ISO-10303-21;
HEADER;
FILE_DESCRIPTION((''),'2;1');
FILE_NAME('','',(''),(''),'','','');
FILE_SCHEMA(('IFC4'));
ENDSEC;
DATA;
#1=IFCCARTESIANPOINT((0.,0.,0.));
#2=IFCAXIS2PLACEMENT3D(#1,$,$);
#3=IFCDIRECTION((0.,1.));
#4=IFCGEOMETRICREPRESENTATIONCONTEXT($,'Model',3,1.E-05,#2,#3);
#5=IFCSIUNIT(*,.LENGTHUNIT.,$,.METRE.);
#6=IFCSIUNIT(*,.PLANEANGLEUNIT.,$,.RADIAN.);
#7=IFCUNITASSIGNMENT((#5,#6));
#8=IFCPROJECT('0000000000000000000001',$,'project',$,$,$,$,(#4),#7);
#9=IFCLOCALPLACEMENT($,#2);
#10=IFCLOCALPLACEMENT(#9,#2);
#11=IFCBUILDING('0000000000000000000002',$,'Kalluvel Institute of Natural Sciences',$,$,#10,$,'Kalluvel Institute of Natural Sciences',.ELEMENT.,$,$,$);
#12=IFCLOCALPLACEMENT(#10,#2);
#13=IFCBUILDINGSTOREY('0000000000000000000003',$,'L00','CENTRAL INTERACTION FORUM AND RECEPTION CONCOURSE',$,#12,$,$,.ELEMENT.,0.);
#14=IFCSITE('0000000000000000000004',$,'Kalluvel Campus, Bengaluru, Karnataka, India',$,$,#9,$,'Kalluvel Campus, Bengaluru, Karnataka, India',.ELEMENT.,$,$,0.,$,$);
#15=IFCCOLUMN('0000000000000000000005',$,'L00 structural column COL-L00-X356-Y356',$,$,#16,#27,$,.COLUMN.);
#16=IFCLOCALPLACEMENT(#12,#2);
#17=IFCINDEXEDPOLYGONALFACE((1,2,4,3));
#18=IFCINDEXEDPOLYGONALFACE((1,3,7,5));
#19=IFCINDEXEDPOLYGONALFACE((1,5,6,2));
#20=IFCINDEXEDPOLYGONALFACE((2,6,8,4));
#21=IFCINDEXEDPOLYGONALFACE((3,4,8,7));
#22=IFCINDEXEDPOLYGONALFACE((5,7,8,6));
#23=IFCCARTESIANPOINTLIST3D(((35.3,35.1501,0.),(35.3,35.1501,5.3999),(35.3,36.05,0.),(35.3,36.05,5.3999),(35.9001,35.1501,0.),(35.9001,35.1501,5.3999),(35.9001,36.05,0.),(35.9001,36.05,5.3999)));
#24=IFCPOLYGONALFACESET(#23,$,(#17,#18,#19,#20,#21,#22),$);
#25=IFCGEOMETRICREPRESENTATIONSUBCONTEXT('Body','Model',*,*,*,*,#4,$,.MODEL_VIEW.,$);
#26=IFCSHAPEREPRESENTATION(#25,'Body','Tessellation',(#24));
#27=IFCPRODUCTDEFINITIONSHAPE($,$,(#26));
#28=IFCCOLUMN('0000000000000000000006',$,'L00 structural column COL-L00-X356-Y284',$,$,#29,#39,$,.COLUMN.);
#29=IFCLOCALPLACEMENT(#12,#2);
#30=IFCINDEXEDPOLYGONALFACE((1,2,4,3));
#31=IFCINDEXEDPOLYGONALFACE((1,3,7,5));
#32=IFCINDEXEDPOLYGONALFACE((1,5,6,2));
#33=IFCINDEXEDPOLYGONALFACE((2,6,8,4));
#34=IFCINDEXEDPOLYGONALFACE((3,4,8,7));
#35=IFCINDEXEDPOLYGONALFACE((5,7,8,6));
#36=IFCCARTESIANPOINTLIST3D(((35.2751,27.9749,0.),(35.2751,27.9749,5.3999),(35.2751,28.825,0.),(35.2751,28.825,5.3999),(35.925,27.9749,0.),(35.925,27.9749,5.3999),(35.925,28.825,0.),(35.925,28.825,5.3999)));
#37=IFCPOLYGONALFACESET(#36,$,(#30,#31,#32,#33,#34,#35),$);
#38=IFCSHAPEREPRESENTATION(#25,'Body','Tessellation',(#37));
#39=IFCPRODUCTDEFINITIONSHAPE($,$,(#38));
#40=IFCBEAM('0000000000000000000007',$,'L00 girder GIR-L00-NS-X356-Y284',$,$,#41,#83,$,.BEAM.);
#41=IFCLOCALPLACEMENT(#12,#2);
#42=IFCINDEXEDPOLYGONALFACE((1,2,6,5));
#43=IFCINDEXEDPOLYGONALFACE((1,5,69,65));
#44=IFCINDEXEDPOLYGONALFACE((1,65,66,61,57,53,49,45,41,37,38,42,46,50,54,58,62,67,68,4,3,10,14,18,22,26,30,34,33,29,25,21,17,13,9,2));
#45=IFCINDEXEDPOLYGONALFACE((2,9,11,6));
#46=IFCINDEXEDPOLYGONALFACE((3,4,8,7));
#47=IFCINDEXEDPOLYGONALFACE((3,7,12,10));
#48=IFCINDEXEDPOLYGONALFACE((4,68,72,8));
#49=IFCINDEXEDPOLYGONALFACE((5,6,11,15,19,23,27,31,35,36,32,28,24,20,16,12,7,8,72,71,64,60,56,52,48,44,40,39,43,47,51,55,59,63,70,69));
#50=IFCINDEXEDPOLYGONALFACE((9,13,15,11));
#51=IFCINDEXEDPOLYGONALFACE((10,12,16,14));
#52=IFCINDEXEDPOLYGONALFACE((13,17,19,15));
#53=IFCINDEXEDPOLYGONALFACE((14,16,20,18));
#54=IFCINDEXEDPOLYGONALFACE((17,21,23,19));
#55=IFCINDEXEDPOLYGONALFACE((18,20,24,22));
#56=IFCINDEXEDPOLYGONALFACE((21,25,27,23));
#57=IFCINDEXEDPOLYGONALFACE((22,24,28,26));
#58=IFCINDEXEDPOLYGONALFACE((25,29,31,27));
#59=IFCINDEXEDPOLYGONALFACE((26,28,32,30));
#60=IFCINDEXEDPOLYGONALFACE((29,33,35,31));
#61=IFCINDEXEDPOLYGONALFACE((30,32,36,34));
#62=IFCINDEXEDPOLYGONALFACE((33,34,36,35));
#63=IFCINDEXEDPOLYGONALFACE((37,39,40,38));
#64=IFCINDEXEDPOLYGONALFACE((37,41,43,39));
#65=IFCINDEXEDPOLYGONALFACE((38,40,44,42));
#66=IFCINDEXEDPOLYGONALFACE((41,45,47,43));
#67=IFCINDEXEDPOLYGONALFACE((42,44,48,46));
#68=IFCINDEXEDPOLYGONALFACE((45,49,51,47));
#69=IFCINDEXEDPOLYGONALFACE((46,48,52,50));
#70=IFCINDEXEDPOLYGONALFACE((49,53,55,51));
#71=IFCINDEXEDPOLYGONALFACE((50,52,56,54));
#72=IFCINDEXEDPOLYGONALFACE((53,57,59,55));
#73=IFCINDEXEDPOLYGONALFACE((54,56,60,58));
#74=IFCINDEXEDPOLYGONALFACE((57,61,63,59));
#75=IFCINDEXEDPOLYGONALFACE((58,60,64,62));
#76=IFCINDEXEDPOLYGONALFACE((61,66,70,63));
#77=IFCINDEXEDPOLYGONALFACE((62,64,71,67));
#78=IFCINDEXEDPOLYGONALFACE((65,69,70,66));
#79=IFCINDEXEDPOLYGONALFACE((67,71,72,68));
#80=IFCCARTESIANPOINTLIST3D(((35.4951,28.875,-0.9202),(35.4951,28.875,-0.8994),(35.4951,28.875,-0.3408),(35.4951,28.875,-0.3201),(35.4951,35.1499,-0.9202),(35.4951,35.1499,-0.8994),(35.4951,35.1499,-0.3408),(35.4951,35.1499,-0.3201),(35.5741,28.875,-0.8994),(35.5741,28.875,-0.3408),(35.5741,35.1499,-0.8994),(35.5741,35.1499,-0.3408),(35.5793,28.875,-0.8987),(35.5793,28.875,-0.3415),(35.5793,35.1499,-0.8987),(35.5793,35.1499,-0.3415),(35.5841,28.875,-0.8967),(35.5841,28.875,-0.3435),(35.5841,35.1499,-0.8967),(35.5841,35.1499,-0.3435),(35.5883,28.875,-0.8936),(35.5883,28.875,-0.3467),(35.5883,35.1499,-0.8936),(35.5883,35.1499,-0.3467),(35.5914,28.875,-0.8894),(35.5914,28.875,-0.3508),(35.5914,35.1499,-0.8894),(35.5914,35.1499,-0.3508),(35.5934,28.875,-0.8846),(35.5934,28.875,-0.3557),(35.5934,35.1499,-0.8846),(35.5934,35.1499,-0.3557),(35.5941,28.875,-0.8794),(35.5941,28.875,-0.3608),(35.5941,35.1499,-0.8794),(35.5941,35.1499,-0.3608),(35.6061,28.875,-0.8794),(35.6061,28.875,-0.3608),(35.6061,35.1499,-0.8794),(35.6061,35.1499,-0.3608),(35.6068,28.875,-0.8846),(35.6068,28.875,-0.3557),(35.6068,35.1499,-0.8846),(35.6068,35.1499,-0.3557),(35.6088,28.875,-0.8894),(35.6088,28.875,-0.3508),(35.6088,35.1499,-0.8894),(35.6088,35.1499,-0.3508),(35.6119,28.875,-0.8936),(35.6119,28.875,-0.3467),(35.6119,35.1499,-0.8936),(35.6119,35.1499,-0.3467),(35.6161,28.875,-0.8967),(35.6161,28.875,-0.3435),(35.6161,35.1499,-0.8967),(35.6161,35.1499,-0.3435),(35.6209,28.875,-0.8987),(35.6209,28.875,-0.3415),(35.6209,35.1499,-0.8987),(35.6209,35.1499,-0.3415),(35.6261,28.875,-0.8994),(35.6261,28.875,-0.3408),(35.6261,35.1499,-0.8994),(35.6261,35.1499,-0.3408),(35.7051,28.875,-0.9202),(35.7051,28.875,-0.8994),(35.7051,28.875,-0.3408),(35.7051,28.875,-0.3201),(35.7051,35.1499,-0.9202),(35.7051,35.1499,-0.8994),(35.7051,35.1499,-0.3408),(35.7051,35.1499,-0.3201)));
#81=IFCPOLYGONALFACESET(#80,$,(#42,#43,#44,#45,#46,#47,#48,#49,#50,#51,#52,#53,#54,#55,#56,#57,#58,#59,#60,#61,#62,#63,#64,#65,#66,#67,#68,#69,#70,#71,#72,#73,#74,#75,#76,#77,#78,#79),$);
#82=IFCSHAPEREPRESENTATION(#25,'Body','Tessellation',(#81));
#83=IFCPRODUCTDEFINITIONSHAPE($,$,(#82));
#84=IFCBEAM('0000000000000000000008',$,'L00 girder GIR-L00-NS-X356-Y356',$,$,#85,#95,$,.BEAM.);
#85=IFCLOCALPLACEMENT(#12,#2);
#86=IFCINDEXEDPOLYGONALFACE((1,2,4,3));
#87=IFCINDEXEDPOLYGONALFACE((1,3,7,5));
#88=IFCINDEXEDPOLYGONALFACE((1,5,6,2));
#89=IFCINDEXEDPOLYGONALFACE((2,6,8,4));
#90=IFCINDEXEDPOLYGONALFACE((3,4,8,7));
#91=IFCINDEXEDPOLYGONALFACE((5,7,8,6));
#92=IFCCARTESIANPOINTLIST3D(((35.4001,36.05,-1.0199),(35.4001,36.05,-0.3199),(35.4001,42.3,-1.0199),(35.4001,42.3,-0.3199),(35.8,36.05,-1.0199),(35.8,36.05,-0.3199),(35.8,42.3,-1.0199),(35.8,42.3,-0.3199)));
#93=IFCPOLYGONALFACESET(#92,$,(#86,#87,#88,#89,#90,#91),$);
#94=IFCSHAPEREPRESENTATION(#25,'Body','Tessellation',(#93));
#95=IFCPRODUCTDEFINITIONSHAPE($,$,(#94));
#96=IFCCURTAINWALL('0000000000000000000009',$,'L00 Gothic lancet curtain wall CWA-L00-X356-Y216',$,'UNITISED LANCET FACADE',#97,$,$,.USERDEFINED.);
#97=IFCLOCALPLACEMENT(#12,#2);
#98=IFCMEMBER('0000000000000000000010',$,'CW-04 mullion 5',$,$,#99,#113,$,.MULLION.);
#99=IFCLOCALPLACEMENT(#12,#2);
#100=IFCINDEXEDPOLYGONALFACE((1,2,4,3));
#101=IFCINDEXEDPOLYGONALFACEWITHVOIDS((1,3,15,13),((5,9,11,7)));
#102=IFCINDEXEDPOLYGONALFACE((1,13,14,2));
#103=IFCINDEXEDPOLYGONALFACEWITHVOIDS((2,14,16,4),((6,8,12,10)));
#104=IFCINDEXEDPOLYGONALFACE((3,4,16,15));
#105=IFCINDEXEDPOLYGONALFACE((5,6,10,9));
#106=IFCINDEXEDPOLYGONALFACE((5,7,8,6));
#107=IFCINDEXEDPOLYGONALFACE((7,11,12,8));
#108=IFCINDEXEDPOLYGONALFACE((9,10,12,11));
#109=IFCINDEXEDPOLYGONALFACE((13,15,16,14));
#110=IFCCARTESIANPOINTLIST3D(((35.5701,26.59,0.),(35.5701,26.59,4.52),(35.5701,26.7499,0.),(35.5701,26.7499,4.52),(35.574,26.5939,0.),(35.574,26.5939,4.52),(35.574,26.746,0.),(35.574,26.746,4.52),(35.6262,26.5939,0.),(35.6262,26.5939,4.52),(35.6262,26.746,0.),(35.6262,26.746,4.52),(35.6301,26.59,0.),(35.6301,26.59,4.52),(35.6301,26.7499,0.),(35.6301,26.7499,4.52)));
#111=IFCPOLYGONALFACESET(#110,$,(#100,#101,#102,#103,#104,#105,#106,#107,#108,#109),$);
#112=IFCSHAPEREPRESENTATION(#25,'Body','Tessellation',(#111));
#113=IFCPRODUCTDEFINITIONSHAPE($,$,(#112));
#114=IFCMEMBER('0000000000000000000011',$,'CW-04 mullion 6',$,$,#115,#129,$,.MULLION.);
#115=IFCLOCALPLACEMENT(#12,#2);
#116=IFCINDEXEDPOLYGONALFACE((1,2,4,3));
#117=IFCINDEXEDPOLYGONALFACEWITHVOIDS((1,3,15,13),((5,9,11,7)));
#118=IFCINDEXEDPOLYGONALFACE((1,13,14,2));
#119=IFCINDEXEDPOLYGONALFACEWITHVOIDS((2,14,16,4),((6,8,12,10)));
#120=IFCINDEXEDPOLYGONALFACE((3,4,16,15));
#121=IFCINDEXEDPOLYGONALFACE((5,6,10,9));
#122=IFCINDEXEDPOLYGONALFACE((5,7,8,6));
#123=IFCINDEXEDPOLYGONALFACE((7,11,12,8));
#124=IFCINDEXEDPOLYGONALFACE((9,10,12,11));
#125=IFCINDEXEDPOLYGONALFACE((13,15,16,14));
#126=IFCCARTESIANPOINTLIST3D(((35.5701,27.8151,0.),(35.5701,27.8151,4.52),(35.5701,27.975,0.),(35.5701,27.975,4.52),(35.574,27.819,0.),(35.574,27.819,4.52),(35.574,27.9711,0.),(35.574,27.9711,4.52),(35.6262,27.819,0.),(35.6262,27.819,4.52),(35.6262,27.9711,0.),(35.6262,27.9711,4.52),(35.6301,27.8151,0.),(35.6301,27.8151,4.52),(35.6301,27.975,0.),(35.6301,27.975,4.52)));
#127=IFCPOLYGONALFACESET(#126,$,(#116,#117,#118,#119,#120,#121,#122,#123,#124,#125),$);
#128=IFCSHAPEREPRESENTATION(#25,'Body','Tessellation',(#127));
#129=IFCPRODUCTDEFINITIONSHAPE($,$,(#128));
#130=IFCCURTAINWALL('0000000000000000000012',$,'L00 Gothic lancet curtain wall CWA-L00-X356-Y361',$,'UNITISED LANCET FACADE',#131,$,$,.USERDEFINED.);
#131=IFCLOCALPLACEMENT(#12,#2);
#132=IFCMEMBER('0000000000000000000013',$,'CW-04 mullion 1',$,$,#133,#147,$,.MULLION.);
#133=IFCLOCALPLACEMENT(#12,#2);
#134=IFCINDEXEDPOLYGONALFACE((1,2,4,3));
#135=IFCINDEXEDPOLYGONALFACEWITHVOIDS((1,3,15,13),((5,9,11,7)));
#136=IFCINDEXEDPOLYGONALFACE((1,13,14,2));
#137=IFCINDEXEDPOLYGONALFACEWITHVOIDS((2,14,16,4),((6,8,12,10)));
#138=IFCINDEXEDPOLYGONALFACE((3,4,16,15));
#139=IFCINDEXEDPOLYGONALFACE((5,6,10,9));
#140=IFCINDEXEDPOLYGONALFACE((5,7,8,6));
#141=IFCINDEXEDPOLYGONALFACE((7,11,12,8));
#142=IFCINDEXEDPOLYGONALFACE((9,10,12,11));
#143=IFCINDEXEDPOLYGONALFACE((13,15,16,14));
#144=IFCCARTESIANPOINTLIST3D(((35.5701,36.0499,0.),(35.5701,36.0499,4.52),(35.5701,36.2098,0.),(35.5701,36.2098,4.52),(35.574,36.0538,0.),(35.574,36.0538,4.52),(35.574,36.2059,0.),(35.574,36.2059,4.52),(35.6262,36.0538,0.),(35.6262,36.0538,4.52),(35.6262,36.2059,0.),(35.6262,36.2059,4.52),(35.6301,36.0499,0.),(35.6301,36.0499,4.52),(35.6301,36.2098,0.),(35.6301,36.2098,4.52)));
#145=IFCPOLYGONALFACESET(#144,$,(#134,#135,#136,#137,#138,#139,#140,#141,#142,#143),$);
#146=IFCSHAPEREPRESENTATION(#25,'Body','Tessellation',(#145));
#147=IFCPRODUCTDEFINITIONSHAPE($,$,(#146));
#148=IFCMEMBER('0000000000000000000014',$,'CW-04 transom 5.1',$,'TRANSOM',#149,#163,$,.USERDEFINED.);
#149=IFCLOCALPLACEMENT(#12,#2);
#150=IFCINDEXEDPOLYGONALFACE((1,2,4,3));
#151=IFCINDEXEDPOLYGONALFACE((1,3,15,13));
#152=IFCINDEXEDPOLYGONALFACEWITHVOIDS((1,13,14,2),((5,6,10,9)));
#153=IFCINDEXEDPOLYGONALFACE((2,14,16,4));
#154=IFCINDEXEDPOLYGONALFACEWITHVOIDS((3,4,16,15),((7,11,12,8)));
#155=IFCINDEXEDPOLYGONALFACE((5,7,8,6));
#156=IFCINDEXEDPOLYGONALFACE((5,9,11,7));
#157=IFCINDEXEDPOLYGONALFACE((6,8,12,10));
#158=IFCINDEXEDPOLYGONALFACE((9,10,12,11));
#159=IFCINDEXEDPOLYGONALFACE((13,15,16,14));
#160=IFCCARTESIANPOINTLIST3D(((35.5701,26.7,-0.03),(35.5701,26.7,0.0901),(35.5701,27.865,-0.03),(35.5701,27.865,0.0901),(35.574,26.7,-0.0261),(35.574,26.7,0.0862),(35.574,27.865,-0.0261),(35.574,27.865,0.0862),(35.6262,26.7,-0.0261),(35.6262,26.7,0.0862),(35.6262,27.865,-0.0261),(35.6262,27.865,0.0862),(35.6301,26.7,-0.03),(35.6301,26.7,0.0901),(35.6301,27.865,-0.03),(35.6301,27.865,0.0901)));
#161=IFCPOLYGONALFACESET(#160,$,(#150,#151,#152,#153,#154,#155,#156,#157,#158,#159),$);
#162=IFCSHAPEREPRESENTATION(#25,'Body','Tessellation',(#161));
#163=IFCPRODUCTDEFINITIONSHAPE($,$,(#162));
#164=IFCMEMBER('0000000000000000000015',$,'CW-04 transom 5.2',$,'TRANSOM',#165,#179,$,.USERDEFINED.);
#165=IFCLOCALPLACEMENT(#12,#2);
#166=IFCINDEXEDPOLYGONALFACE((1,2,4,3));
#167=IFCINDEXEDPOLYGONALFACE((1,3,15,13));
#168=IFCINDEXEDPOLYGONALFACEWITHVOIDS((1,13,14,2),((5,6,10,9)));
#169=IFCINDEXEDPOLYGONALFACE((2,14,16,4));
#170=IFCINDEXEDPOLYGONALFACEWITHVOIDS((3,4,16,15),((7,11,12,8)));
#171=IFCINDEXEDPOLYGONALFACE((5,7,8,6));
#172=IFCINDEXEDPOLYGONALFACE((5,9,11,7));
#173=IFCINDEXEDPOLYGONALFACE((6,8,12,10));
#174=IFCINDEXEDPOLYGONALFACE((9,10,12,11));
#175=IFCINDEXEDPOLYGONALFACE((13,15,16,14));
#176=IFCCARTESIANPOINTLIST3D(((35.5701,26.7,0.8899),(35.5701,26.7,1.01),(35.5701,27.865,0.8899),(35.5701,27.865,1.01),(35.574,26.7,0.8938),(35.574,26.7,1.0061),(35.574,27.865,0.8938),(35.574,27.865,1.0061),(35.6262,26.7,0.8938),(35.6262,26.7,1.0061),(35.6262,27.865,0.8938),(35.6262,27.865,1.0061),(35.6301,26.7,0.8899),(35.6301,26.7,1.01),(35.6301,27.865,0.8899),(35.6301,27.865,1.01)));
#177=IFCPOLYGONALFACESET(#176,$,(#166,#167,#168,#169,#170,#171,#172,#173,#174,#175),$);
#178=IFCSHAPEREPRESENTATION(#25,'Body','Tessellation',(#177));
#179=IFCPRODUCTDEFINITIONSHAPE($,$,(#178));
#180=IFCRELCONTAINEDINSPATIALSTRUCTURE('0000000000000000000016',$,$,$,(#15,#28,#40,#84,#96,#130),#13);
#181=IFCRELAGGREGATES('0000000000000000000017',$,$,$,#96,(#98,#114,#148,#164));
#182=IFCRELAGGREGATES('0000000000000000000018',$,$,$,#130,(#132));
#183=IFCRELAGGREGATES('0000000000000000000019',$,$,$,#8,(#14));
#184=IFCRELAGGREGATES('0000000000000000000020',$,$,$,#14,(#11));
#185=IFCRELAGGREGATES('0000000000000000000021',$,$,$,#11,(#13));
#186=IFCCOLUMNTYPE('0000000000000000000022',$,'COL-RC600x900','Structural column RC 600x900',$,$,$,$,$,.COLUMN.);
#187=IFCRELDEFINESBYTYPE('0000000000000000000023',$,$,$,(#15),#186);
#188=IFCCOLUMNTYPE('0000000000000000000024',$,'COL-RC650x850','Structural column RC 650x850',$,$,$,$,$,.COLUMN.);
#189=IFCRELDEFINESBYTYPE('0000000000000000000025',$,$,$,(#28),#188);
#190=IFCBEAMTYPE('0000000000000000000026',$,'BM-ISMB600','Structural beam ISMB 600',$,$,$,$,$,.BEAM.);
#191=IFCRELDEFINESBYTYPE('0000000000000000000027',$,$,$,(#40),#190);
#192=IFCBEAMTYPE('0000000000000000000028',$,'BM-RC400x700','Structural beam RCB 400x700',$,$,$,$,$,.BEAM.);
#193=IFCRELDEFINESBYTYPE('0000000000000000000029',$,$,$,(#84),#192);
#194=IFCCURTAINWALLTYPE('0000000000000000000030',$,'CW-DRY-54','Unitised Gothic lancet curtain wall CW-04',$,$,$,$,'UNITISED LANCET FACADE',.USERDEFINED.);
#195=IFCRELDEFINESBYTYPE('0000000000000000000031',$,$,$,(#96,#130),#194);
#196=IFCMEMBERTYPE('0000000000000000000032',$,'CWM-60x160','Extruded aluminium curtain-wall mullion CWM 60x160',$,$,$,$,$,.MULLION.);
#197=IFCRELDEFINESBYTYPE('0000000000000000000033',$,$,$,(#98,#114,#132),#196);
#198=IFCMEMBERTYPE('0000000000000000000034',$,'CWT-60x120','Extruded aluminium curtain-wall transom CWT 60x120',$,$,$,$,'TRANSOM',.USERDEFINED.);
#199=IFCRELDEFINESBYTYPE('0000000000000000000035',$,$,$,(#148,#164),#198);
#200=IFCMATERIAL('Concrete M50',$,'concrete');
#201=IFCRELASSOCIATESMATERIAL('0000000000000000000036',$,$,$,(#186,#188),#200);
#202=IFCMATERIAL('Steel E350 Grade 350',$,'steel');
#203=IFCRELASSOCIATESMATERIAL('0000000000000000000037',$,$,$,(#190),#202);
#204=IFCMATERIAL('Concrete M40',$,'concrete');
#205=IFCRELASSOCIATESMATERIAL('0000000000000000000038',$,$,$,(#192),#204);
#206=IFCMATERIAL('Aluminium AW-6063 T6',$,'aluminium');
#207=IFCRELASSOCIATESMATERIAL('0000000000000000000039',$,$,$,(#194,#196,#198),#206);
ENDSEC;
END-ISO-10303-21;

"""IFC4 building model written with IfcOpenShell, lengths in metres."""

from ifc_helpers import new_model, si_unit, direction, frame, origin, origin_2d, place, context, subcontext, project, spatial, rectangle, hollow_rectangle, i_section, extrude, material, material_profile, profile_set, type_object, element, aggregate, save


model = new_model("IFC4")

# Units and contexts
model_context = context("Model", 3, precision=1e-05, world=origin(), true_north=direction((0.0, 1.0)))
body_context = subcontext(model_context, "Body", "Model", "MODEL_VIEW")
ifc_project = project(units=[si_unit("LENGTHUNIT", "METRE"), si_unit("PLANEANGLEUNIT", "RADIAN")], contexts=[model_context])

# Site, building, storey
site_placement = place(None, origin())
site = spatial("IfcSite", under=ifc_project, at=site_placement, Name="Kalluvel Campus, Bengaluru, Karnataka, India", LongName="Kalluvel Campus, Bengaluru, Karnataka, India", CompositionType="ELEMENT", RefElevation=0.0)
building_placement = place(site_placement, origin())
building = spatial("IfcBuilding", under=site, at=building_placement, Name="Kalluvel Institute of Natural Sciences", LongName="Kalluvel Institute of Natural Sciences", CompositionType="ELEMENT")
storey_placement = place(building_placement, origin())
storey = spatial("IfcBuildingStorey", under=building, at=storey_placement, Name="L00", Description="CENTRAL INTERACTION FORUM AND RECEPTION CONCOURSE", CompositionType="ELEMENT", Elevation=0.0)

# Columns
ifc_material_1 = material(Name="Concrete M50", Category="concrete")
ifc_material_profile_1 = material_profile(ifc_material_1, rectangle(XDim=0.6001, YDim=0.8999, at=origin_2d()), Name="RC 600x900")
ifc_profile_set_1 = profile_set([ifc_material_profile_1], Name="Concrete M50")
column_type_1 = type_object("IfcColumnType", Name="COL-RC600x900", Description="Structural column RC 600x900", PredefinedType="COLUMN", material=ifc_profile_set_1)
column_1_placement = place(storey_placement, frame((35.6001, 35.6001, 0.0), z_axis=(0.0, 0.0, 1.0), x_axis=(1.0, 0.0, 0.0)))
element("IfcColumn", 1, at=column_1_placement, inside=storey, type_object=column_type_1, Name="L00 structural column COL-L00-X356-Y356", PredefinedType="COLUMN", context=body_context, shape_type="SweptSolid", body=[
    extrude(rectangle(XDim=0.6001, YDim=0.8999, at=origin_2d()), origin(), (0.0, 0.0, 1.0), 5.3999),
])
ifc_material_profile_2 = material_profile(ifc_material_1, rectangle(XDim=0.6499, YDim=0.8501, at=origin_2d()), Name="RC 650x850")
ifc_profile_set_2 = profile_set([ifc_material_profile_2], Name="Concrete M50")
column_type_2 = type_object("IfcColumnType", Name="COL-RC650x850", Description="Structural column RC 650x850", PredefinedType="COLUMN", material=ifc_profile_set_2)
column_2_placement = place(storey_placement, frame((35.6001, 28.3999, 0.0), z_axis=(0.0, 0.0, 1.0), x_axis=(1.0, 0.0, 0.0)))
element("IfcColumn", 2, at=column_2_placement, inside=storey, type_object=column_type_2, Name="L00 structural column COL-L00-X356-Y284", PredefinedType="COLUMN", context=body_context, shape_type="SweptSolid", body=[
    extrude(rectangle(XDim=0.6499, YDim=0.8501, at=origin_2d()), origin(), (0.0, 0.0, 1.0), 5.3999),
])

# Beams
ifc_material_2 = material(Name="Steel E350 Grade 350", Category="steel")
ifc_material_profile_3 = material_profile(ifc_material_2, i_section(OverallWidth=0.21, OverallDepth=0.6001, WebThickness=0.012, FlangeThickness=0.0208, FilletRadius=0.02, at=origin_2d()), Name="ISMB 600")
ifc_profile_set_3 = profile_set([ifc_material_profile_3], Name="Steel E350 Grade 350")
beam_type_1 = type_object("IfcBeamType", Name="BM-ISMB600", Description="Structural beam ISMB 600", PredefinedType="BEAM", material=ifc_profile_set_3)
beam_1_placement = place(storey_placement, frame((35.6001, 28.875, -0.6201), z_axis=(0.0, 1.0, 0.0), x_axis=(-1.0, 0.0, 0.0)))
element("IfcBeam", 3, at=beam_1_placement, inside=storey, type_object=beam_type_1, Name="L00 girder GIR-L00-NS-X356-Y284", PredefinedType="BEAM", context=body_context, shape_type="SweptSolid", body=[
    extrude(i_section(OverallWidth=0.21, OverallDepth=0.6001, WebThickness=0.012, FlangeThickness=0.0208, FilletRadius=0.02, at=origin_2d()), origin(), (0.0, 0.0, 1.0), 6.2749),
])
ifc_material_3 = material(Name="Concrete M40", Category="concrete")
ifc_material_profile_4 = material_profile(ifc_material_3, rectangle(XDim=0.3999, YDim=0.7, at=origin_2d()), Name="RCB 400x700")
ifc_profile_set_4 = profile_set([ifc_material_profile_4], Name="Concrete M40")
beam_type_2 = type_object("IfcBeamType", Name="BM-RC400x700", Description="Structural beam RCB 400x700", PredefinedType="BEAM", material=ifc_profile_set_4)
beam_2_placement = place(storey_placement, frame((35.6001, 36.05, -0.6699), z_axis=(0.0, 1.0, 0.0), x_axis=(-1.0, 0.0, 0.0)))
element("IfcBeam", 4, at=beam_2_placement, inside=storey, type_object=beam_type_2, Name="L00 girder GIR-L00-NS-X356-Y356", PredefinedType="BEAM", context=body_context, shape_type="SweptSolid", body=[
    extrude(rectangle(XDim=0.3999, YDim=0.7, at=origin_2d()), origin(), (0.0, 0.0, 1.0), 6.25),
])

# Curtain wall, members
ifc_material_4 = material(Name="Aluminium AW-6063 T6", Category="aluminium")
curtain_wall_type = type_object("IfcCurtainWallType", Name="CW-DRY-54", Description="Unitised Gothic lancet curtain wall CW-04", ElementType="UNITISED LANCET FACADE", PredefinedType="USERDEFINED", material=ifc_material_4)
curtain_wall_1_placement = place(storey_placement, origin())
curtain_wall_1 = element("IfcCurtainWall", 5, at=curtain_wall_1_placement, inside=storey, type_object=curtain_wall_type, Name="L00 Gothic lancet curtain wall CWA-L00-X356-Y216", ObjectType="UNITISED LANCET FACADE", PredefinedType="USERDEFINED")
ifc_material_profile_5 = material_profile(ifc_material_4, hollow_rectangle(XDim=0.0601, YDim=0.1599, WallThickness=0.0039, at=origin_2d()), Name="CWM 60x160")
ifc_profile_set_5 = profile_set([ifc_material_profile_5], Name="Aluminium AW-6063 T6")
member_type_1 = type_object("IfcMemberType", Name="CWM-60x160", Description="Extruded aluminium curtain-wall mullion CWM 60x160", PredefinedType="MULLION", material=ifc_profile_set_5)
member_1_placement = place(storey_placement, frame((35.6001, 26.6699, 0.0), z_axis=(0.0, 0.0, 1.0), x_axis=(-1.0, 0.0, 0.0)))
member_1 = element("IfcMember", 6, at=member_1_placement, type_object=member_type_1, Name="CW-04 mullion 5", PredefinedType="MULLION", context=body_context, shape_type="SweptSolid", body=[
    extrude(hollow_rectangle(XDim=0.0601, YDim=0.1599, WallThickness=0.0039, at=origin_2d()), origin(), (0.0, 0.0, 1.0), 4.52),
])
member_2_placement = place(storey_placement, frame((35.6001, 27.895, 0.0), z_axis=(0.0, 0.0, 1.0), x_axis=(-1.0, 0.0, 0.0)))
member_2 = element("IfcMember", 7, at=member_2_placement, type_object=member_type_1, Name="CW-04 mullion 6", PredefinedType="MULLION", context=body_context, shape_type="SweptSolid", body=[
    extrude(hollow_rectangle(XDim=0.0601, YDim=0.1599, WallThickness=0.0039, at=origin_2d()), origin(), (0.0, 0.0, 1.0), 4.52),
])

# Curtain wall, member
curtain_wall_2_placement = place(storey_placement, origin())
curtain_wall_2 = element("IfcCurtainWall", 8, at=curtain_wall_2_placement, inside=storey, type_object=curtain_wall_type, Name="L00 Gothic lancet curtain wall CWA-L00-X356-Y361", ObjectType="UNITISED LANCET FACADE", PredefinedType="USERDEFINED")
member_3_placement = place(storey_placement, frame((35.6001, 36.1299, 0.0), z_axis=(0.0, 0.0, 1.0), x_axis=(-1.0, 0.0, 0.0)))
member_3 = element("IfcMember", 9, at=member_3_placement, type_object=member_type_1, Name="CW-04 mullion 1", PredefinedType="MULLION", context=body_context, shape_type="SweptSolid", body=[
    extrude(hollow_rectangle(XDim=0.0601, YDim=0.1599, WallThickness=0.0039, at=origin_2d()), origin(), (0.0, 0.0, 1.0), 4.52),
])

# Members
ifc_material_profile_6 = material_profile(ifc_material_4, hollow_rectangle(XDim=0.0601, YDim=0.1201, WallThickness=0.0039, at=origin_2d()), Name="CWT 60x120")
ifc_profile_set_6 = profile_set([ifc_material_profile_6], Name="Aluminium AW-6063 T6")
member_type_2 = type_object("IfcMemberType", Name="CWT-60x120", Description="Extruded aluminium curtain-wall transom CWT 60x120", ElementType="TRANSOM", PredefinedType="USERDEFINED", material=ifc_profile_set_6)
member_4_placement = place(storey_placement, frame((35.6001, 26.7, 0.03), z_axis=(0.0, 1.0, 0.0), x_axis=(-1.0, 0.0, 0.0)))
member_4 = element("IfcMember", 10, at=member_4_placement, type_object=member_type_2, Name="CW-04 transom 5.1", ObjectType="TRANSOM", PredefinedType="USERDEFINED", context=body_context, shape_type="SweptSolid", body=[
    extrude(hollow_rectangle(XDim=0.0601, YDim=0.1201, WallThickness=0.0039, at=origin_2d()), origin(), (0.0, 0.0, 1.0), 1.165),
])
member_5_placement = place(storey_placement, frame((35.6001, 26.7, 0.95), z_axis=(0.0, 1.0, 0.0), x_axis=(-1.0, 0.0, 0.0)))
member_5 = element("IfcMember", 11, at=member_5_placement, type_object=member_type_2, Name="CW-04 transom 5.2", ObjectType="TRANSOM", PredefinedType="USERDEFINED", context=body_context, shape_type="SweptSolid", body=[
    extrude(hollow_rectangle(XDim=0.0601, YDim=0.1201, WallThickness=0.0039, at=origin_2d()), origin(), (0.0, 0.0, 1.0), 1.165),
])

aggregate(curtain_wall_1, [member_1, member_2, member_4, member_5])
aggregate(curtain_wall_2, [member_3])

save(model, "model.ifc")
